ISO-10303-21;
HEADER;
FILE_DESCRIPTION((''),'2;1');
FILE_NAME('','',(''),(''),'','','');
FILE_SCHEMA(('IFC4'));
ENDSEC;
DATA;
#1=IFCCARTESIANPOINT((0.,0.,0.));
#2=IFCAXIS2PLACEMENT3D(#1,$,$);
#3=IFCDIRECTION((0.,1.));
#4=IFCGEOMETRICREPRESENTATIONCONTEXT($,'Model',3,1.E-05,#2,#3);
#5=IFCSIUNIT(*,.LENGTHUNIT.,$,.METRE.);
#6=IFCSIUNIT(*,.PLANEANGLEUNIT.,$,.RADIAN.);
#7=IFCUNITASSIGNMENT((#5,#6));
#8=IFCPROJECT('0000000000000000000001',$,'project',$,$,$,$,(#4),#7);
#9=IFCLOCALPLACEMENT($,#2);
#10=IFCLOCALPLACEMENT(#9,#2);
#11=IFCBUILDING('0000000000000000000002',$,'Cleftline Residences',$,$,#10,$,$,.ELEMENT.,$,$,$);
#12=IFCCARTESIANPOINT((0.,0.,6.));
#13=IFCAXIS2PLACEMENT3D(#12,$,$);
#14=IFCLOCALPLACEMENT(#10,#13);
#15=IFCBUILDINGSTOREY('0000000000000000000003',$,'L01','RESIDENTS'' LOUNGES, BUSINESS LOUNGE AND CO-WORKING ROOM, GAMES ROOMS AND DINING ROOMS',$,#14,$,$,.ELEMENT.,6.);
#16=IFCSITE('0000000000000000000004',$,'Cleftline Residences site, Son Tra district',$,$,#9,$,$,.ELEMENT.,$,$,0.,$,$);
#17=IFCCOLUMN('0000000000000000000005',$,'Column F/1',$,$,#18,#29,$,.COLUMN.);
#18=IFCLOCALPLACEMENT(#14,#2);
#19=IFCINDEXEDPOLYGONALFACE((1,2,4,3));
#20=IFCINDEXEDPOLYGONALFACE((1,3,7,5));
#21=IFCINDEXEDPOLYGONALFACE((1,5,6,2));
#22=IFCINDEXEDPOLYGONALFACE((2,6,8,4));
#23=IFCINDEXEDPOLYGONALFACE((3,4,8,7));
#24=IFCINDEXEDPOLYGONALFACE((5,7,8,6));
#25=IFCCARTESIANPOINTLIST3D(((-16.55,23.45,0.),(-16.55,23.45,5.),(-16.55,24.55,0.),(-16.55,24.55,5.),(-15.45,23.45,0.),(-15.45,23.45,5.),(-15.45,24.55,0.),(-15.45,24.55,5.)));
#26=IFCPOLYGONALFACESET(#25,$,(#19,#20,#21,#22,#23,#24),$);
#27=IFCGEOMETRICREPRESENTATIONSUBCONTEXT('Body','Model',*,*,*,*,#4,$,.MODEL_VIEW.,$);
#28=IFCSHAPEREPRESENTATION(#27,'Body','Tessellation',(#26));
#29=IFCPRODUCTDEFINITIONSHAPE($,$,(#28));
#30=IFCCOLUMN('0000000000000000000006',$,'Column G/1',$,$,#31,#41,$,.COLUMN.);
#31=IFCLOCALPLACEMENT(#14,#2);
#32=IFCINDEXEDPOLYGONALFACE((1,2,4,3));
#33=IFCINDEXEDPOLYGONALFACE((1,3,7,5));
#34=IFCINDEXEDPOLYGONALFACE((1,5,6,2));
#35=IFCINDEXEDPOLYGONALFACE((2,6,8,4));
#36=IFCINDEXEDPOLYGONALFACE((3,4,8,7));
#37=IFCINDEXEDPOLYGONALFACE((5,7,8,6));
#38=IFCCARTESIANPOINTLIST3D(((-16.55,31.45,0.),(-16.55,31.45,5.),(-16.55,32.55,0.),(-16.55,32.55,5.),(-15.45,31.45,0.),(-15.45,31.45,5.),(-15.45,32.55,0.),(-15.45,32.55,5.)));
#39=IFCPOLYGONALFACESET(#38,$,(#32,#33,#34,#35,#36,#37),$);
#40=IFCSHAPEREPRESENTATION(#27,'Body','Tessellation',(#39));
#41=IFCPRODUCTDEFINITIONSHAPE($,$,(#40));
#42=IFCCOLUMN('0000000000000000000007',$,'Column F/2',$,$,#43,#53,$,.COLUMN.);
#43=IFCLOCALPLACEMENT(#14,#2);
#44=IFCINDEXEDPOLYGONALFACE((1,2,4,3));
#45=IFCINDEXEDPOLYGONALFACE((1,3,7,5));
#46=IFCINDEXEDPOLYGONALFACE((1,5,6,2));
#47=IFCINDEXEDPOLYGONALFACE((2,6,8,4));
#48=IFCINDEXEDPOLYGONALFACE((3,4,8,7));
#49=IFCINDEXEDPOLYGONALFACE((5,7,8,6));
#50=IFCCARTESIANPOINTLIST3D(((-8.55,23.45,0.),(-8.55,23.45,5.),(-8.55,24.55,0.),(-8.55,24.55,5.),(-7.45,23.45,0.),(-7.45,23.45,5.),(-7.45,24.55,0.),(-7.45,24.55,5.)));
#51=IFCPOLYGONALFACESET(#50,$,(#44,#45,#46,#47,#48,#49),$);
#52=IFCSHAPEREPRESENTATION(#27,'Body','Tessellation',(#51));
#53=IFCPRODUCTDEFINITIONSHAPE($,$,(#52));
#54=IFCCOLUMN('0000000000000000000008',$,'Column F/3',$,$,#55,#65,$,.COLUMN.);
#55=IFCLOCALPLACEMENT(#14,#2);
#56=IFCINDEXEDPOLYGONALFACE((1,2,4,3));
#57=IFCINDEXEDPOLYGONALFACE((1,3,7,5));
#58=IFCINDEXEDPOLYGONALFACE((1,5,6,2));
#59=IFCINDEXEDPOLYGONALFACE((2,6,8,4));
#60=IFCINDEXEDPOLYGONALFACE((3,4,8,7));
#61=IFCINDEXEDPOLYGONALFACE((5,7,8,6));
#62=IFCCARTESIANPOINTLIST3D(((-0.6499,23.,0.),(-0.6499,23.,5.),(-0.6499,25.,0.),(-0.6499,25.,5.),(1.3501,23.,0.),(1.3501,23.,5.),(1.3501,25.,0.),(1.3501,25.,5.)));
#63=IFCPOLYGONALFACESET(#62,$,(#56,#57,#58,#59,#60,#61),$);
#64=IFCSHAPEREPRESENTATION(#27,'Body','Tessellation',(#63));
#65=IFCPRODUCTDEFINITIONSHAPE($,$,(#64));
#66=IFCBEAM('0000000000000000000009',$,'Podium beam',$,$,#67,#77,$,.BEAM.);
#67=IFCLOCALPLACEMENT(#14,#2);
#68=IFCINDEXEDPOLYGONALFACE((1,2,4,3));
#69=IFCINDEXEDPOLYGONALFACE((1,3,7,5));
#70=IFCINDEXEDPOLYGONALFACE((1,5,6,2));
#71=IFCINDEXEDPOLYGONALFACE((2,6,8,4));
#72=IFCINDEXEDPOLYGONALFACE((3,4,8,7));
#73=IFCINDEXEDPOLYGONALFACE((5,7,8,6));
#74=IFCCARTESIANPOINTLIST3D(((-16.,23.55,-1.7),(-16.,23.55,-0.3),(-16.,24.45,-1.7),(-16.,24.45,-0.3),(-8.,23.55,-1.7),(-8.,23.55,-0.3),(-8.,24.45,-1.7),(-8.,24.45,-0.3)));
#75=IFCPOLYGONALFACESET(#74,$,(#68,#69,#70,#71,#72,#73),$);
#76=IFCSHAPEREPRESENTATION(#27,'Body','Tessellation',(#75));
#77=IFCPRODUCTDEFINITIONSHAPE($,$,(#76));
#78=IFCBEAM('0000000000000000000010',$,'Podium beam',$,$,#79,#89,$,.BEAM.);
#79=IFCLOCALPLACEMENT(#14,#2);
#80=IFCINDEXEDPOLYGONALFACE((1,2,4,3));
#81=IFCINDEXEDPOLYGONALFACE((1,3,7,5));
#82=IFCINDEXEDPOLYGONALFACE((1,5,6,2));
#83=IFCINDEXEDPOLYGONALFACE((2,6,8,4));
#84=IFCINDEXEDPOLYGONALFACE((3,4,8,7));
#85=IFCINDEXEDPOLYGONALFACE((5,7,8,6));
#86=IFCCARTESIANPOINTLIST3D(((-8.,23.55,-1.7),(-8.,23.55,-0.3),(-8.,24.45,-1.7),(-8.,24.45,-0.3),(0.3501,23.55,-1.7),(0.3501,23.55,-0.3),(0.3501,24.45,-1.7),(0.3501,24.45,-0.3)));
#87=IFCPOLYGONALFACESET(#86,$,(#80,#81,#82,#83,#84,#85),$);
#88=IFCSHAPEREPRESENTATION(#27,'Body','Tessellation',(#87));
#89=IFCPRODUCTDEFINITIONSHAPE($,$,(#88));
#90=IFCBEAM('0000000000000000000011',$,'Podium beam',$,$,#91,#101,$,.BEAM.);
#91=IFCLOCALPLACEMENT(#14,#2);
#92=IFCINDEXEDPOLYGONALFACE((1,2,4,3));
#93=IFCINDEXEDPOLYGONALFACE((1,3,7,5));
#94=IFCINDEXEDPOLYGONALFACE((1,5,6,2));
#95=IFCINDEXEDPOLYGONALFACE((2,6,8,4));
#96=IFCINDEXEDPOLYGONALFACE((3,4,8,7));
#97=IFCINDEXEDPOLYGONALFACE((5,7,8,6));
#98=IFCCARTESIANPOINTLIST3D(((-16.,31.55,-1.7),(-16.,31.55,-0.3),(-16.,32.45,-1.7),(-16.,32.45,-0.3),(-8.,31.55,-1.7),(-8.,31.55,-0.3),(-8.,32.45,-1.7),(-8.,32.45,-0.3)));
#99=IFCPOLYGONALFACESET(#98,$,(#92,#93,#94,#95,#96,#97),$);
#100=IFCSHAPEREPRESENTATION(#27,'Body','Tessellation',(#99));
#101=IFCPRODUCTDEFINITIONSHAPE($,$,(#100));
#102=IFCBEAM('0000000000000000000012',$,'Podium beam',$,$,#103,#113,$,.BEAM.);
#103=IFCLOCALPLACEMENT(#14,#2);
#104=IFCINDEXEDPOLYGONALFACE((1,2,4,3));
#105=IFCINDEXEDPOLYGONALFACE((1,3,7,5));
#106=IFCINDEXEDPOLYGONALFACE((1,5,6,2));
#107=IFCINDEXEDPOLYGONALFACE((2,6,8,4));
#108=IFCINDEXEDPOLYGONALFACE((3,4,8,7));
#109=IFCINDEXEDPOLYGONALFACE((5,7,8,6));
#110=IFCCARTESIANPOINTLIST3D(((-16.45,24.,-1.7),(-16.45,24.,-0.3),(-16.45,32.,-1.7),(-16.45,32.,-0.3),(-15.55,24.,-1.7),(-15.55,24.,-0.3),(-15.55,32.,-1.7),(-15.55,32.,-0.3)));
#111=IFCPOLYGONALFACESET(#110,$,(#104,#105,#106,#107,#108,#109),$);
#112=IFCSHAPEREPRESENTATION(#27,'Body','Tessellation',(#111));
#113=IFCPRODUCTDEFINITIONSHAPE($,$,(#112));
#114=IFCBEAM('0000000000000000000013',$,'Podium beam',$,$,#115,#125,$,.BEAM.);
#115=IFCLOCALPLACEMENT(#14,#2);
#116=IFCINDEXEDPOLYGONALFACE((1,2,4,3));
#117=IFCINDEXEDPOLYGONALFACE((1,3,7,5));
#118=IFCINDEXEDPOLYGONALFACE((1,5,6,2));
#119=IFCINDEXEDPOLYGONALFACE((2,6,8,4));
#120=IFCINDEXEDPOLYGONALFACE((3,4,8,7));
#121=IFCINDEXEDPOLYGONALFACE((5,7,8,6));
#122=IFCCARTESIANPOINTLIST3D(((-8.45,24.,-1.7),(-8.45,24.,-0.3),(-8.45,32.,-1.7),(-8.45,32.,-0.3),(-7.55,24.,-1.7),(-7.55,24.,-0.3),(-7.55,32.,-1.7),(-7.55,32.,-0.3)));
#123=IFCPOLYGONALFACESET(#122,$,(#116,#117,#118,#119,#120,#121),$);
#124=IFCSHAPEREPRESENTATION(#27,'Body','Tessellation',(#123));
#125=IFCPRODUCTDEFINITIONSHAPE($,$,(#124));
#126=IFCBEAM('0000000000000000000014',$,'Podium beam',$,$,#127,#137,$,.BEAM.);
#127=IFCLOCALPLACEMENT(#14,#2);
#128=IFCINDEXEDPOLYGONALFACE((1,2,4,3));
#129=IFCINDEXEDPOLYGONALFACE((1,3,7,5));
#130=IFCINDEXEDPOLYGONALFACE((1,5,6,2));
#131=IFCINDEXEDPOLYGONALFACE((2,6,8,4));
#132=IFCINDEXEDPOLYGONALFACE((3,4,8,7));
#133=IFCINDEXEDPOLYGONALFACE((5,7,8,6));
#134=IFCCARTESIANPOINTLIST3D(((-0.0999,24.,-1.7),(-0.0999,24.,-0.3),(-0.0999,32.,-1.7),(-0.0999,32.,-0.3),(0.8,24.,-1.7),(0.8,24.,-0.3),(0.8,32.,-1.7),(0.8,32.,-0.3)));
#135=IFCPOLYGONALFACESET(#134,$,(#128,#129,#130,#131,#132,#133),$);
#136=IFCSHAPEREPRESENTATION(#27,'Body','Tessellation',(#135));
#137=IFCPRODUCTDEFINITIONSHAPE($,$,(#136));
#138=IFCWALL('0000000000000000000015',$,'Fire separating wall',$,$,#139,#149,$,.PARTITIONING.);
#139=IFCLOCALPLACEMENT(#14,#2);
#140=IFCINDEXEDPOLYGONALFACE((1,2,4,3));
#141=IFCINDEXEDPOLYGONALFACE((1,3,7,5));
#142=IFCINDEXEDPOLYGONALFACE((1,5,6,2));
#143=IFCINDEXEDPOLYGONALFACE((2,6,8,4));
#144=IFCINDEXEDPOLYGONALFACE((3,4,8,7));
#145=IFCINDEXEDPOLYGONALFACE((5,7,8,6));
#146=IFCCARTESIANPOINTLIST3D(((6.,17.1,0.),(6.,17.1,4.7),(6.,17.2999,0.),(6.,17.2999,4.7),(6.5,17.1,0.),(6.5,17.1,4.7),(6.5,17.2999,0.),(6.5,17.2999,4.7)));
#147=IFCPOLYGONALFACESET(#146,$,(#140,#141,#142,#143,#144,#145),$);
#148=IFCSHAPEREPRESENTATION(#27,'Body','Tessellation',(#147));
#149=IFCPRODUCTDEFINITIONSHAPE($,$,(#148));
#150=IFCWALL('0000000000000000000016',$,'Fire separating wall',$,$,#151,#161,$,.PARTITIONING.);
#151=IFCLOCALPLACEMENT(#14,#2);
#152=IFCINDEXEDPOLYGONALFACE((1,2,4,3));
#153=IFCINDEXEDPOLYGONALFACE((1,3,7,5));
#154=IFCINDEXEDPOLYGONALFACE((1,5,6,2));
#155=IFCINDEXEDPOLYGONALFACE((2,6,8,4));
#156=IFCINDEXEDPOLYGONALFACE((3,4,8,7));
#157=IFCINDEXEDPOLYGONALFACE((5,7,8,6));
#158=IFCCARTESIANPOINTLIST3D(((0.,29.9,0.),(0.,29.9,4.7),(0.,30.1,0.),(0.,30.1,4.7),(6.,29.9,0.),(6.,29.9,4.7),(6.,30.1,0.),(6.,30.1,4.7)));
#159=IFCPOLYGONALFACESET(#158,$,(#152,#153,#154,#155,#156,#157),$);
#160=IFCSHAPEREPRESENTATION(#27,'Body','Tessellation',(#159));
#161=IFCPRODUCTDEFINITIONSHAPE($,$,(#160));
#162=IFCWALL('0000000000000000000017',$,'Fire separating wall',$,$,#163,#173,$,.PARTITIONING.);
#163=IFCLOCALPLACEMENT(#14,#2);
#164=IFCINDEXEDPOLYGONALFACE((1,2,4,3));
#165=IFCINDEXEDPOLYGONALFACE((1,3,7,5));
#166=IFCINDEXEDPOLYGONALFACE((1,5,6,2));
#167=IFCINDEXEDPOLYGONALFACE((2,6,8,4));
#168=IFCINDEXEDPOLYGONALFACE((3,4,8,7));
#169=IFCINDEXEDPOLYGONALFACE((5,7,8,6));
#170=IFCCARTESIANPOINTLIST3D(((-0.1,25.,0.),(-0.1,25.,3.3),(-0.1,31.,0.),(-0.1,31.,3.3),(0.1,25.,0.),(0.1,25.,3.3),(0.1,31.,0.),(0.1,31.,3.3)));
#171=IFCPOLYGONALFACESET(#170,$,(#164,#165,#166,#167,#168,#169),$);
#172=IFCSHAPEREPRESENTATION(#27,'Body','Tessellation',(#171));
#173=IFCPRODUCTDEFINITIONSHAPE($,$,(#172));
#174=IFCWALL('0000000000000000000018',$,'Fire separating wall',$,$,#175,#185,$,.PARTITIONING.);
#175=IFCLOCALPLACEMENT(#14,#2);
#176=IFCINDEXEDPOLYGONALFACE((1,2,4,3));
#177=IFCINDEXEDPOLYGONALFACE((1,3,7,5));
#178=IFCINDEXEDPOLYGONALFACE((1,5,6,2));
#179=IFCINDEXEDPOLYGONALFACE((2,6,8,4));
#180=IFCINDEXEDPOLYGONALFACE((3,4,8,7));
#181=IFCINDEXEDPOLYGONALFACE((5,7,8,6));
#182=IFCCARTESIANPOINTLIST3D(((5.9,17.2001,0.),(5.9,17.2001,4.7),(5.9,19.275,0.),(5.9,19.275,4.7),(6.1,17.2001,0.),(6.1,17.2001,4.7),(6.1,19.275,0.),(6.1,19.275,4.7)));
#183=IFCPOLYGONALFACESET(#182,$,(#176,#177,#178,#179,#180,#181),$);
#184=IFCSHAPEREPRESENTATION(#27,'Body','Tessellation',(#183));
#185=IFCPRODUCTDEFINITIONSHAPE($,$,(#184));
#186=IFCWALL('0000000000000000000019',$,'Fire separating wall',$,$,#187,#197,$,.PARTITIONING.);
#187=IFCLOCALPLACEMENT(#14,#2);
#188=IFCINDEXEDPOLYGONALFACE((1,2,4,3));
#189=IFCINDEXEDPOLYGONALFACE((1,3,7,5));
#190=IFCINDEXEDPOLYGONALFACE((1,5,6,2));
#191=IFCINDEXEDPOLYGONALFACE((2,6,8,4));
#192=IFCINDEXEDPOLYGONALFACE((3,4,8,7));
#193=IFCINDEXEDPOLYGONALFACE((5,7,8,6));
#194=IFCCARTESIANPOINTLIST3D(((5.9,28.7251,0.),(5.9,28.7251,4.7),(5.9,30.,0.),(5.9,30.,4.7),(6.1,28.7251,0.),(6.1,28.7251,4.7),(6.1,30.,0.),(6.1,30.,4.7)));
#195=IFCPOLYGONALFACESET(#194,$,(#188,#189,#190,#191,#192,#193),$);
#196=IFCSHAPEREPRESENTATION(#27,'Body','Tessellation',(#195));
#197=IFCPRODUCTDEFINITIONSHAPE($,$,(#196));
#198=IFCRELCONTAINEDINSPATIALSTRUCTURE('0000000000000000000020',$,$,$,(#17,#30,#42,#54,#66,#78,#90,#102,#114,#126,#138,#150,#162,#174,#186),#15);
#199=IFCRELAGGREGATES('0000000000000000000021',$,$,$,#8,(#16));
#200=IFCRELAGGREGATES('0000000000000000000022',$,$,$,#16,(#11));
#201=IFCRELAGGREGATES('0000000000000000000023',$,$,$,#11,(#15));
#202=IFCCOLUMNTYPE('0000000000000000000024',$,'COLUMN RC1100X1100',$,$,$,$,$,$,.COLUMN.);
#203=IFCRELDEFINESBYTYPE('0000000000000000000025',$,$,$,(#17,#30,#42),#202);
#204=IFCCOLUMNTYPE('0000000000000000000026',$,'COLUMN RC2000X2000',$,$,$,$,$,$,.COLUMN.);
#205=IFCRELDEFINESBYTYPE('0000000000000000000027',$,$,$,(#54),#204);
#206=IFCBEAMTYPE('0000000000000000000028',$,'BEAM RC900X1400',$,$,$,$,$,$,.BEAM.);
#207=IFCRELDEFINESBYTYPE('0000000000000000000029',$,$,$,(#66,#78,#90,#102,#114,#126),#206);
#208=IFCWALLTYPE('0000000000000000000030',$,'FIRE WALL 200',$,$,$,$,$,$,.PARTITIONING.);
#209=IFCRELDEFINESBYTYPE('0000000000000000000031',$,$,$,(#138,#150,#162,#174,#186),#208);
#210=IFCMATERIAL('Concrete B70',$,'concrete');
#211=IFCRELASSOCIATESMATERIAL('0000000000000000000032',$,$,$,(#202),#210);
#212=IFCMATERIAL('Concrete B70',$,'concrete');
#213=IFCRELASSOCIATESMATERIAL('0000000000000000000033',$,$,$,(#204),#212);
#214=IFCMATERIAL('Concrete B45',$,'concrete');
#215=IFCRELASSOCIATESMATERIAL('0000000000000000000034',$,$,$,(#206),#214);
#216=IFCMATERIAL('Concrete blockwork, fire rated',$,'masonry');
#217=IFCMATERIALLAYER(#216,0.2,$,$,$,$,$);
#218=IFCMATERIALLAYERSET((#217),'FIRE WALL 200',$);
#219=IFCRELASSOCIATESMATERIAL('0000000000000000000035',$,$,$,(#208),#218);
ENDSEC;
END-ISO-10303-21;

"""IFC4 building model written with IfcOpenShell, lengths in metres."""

from ifc_helpers import new_model, si_unit, direction, frame, frame_2d, origin, origin_2d, place, context, subcontext, project, spatial, rectangle, extrude, material, layer, layer_set, material_profile, profile_set, type_object, element, save


model = new_model("IFC4")

# Units and contexts
model_context = context("Model", 3, precision=1e-05, world=origin(), true_north=direction((0.0, 1.0)))
body_context = subcontext(model_context, "Body", "Model", "MODEL_VIEW")
ifc_project = project(units=[si_unit("LENGTHUNIT", "METRE"), si_unit("PLANEANGLEUNIT", "RADIAN")], contexts=[model_context])

# Site, building, storey
site_placement = place(None, origin())
site = spatial("IfcSite", under=ifc_project, at=site_placement, Name="Cleftline Residences site, Son Tra district", CompositionType="ELEMENT", RefElevation=0.0)
building_placement = place(site_placement, origin())
building = spatial("IfcBuilding", under=site, at=building_placement, Name="Cleftline Residences", CompositionType="ELEMENT")
storey_placement = place(building_placement, frame((0.0, 0.0, 6.0)))
storey = spatial("IfcBuildingStorey", under=building, at=storey_placement, Name="L01", Description="RESIDENTS' LOUNGES, BUSINESS LOUNGE AND CO-WORKING ROOM, GAMES ROOMS AND DINING ROOMS", CompositionType="ELEMENT", Elevation=6.0)

# Columns
ifc_material_1 = material(Name="Concrete B70", Category="concrete")
ifc_material_profile_1 = material_profile(ifc_material_1, rectangle(XDim=1.1001, YDim=1.1001, at=origin_2d()))
ifc_profile_set_1 = profile_set([ifc_material_profile_1], Name="Concrete B70")
column_type_1 = type_object("IfcColumnType", Name="COLUMN RC1100X1100", PredefinedType="COLUMN", material=ifc_profile_set_1)
for number, where, z_axis, x_axis, name in (
    (1, (-16.0, 24.0, 0.0), (0.0, 0.0, 1.0), (1.0, 0.0, 0.0), "Column F/1"),
    (2, (-16.0, 32.0, 0.0), (0.0, 0.0, 1.0), (1.0, 0.0, 0.0), "Column G/1"),
    (3, (-8.0, 24.0, 0.0), (0.0, 0.0, 1.0), (1.0, 0.0, 0.0), "Column F/2"),
):
    element("IfcColumn", number, at=place(storey_placement, frame(where, z_axis=z_axis, x_axis=x_axis)), inside=storey, type_object=column_type_1, Name=name, PredefinedType="COLUMN", context=body_context, shape_type="SweptSolid", body=[
        extrude(rectangle(XDim=1.1001, YDim=1.1001, at=origin_2d()), origin(), (0.0, 0.0, 1.0), 5.0),
    ])
ifc_material_2 = material(Name="Concrete B70", Category="concrete")
ifc_material_profile_2 = material_profile(ifc_material_2, rectangle(XDim=2.0, YDim=2.0, at=origin_2d()))
ifc_profile_set_2 = profile_set([ifc_material_profile_2], Name="Concrete B70")
column_type_2 = type_object("IfcColumnType", Name="COLUMN RC2000X2000", PredefinedType="COLUMN", material=ifc_profile_set_2)
column_placement = place(storey_placement, frame((0.3501, 24.0, 0.0), z_axis=(0.0, 0.0, 1.0), x_axis=(1.0, 0.0, 0.0)))
element("IfcColumn", 4, at=column_placement, inside=storey, type_object=column_type_2, Name="Column F/3", PredefinedType="COLUMN", context=body_context, shape_type="SweptSolid", body=[
    extrude(rectangle(XDim=2.0, YDim=2.0, at=origin_2d()), origin(), (0.0, 0.0, 1.0), 5.0),
])

# Beams
ifc_material_3 = material(Name="Concrete B45", Category="concrete")
ifc_material_profile_3 = material_profile(ifc_material_3, rectangle(XDim=0.8999, YDim=1.3999, at=origin_2d()))
ifc_profile_set_3 = profile_set([ifc_material_profile_3], Name="Concrete B45")
beam_type = type_object("IfcBeamType", Name="BEAM RC900X1400", PredefinedType="BEAM", material=ifc_profile_set_3)
beam_1_placement = place(storey_placement, frame((-16.0, 24.0, -1.0), z_axis=(1.0, 0.0, 0.0), x_axis=(0.0, 1.0, 0.0)))
element("IfcBeam", 5, at=beam_1_placement, inside=storey, type_object=beam_type, Name="Podium beam", PredefinedType="BEAM", context=body_context, shape_type="SweptSolid", body=[
    extrude(rectangle(XDim=0.8999, YDim=1.3999, at=origin_2d()), origin(), (0.0, 0.0, 1.0), 8.0),
])
beam_2_placement = place(storey_placement, frame((-8.0, 24.0, -1.0), z_axis=(1.0, 0.0, 0.0), x_axis=(0.0, 1.0, 0.0)))
element("IfcBeam", 6, at=beam_2_placement, inside=storey, type_object=beam_type, Name="Podium beam", PredefinedType="BEAM", context=body_context, shape_type="SweptSolid", body=[
    extrude(rectangle(XDim=0.8999, YDim=1.3999, at=origin_2d()), origin(), (0.0, 0.0, 1.0), 8.3501),
])
for number, where, z_axis, x_axis, name in (
    (7, (-16.0, 32.0, -1.0), (1.0, 0.0, 0.0), (0.0, 1.0, 0.0), "Podium beam"),
    (8, (-16.0, 24.0, -1.0), (0.0, 1.0, 0.0), (-1.0, 0.0, 0.0), "Podium beam"),
    (9, (-8.0, 24.0, -1.0), (0.0, 1.0, 0.0), (-1.0, 0.0, 0.0), "Podium beam"),
    (10, (0.3501, 24.0, -1.0), (0.0, 1.0, 0.0), (-1.0, 0.0, 0.0), "Podium beam"),
):
    element("IfcBeam", number, at=place(storey_placement, frame(where, z_axis=z_axis, x_axis=x_axis)), inside=storey, type_object=beam_type, Name=name, PredefinedType="BEAM", context=body_context, shape_type="SweptSolid", body=[
        extrude(rectangle(XDim=0.8999, YDim=1.3999, at=origin_2d()), origin(), (0.0, 0.0, 1.0), 8.0),
    ])

# Walls
ifc_material_4 = material(Name="Concrete blockwork, fire rated", Category="masonry")
ifc_layer_1 = layer(ifc_material_4, 0.2)
ifc_layer_set_1 = layer_set([ifc_layer_1], Name="FIRE WALL 200")
wall_type_1 = type_object("IfcWallType", Name="FIRE WALL 200", PredefinedType="PARTITIONING", material=ifc_layer_set_1)
wall_1_placement = place(storey_placement, frame((6.0, 17.2, 0.0), z_axis=(0.0, 0.0, 1.0), x_axis=(1.0, 0.0, 0.0)))
element("IfcWall", 11, at=wall_1_placement, inside=storey, type_object=wall_type_1, Name="Fire separating wall", PredefinedType="PARTITIONING", context=body_context, shape_type="SweptSolid", body=[
    extrude(rectangle(XDim=0.5, YDim=0.2, at=frame_2d((0.25, 0.0))), origin(), (0.0, 0.0, 1.0), 4.7),
])
wall_2_placement = place(storey_placement, frame((0.0, 30.0, 0.0), z_axis=(0.0, 0.0, 1.0), x_axis=(1.0, 0.0, 0.0)))
element("IfcWall", 12, at=wall_2_placement, inside=storey, type_object=wall_type_1, Name="Fire separating wall", PredefinedType="PARTITIONING", context=body_context, shape_type="SweptSolid", body=[
    extrude(rectangle(XDim=6.0, YDim=0.2, at=frame_2d((3.0, 0.0))), origin(), (0.0, 0.0, 1.0), 4.7),
])
wall_3_placement = place(storey_placement, frame((0.0, 25.0, 0.0), z_axis=(0.0, 0.0, 1.0), x_axis=(0.0, 1.0, 0.0)))
element("IfcWall", 13, at=wall_3_placement, inside=storey, type_object=wall_type_1, Name="Fire separating wall", PredefinedType="PARTITIONING", context=body_context, shape_type="SweptSolid", body=[
    extrude(rectangle(XDim=6.0, YDim=0.2, at=frame_2d((3.0, 0.0))), origin(), (0.0, 0.0, 1.0), 3.3),
])
wall_4_placement = place(storey_placement, frame((6.0, 17.2, 0.0), z_axis=(0.0, 0.0, 1.0), x_axis=(0.0, 1.0, 0.0)))
element("IfcWall", 14, at=wall_4_placement, inside=storey, type_object=wall_type_1, Name="Fire separating wall", PredefinedType="PARTITIONING", context=body_context, shape_type="SweptSolid", body=[
    extrude(rectangle(XDim=2.075, YDim=0.2, at=frame_2d((1.0376, 0.0))), origin(), (0.0, 0.0, 1.0), 4.7),
])
wall_5_placement = place(storey_placement, frame((6.0, 28.7251, 0.0), z_axis=(0.0, 0.0, 1.0), x_axis=(0.0, 1.0, 0.0)))
element("IfcWall", 15, at=wall_5_placement, inside=storey, type_object=wall_type_1, Name="Fire separating wall", PredefinedType="PARTITIONING", context=body_context, shape_type="SweptSolid", body=[
    extrude(rectangle(XDim=1.2749, YDim=0.2, at=frame_2d((0.6375, 0.0))), origin(), (0.0, 0.0, 1.0), 4.7),
])

save(model, "model.ifc")
